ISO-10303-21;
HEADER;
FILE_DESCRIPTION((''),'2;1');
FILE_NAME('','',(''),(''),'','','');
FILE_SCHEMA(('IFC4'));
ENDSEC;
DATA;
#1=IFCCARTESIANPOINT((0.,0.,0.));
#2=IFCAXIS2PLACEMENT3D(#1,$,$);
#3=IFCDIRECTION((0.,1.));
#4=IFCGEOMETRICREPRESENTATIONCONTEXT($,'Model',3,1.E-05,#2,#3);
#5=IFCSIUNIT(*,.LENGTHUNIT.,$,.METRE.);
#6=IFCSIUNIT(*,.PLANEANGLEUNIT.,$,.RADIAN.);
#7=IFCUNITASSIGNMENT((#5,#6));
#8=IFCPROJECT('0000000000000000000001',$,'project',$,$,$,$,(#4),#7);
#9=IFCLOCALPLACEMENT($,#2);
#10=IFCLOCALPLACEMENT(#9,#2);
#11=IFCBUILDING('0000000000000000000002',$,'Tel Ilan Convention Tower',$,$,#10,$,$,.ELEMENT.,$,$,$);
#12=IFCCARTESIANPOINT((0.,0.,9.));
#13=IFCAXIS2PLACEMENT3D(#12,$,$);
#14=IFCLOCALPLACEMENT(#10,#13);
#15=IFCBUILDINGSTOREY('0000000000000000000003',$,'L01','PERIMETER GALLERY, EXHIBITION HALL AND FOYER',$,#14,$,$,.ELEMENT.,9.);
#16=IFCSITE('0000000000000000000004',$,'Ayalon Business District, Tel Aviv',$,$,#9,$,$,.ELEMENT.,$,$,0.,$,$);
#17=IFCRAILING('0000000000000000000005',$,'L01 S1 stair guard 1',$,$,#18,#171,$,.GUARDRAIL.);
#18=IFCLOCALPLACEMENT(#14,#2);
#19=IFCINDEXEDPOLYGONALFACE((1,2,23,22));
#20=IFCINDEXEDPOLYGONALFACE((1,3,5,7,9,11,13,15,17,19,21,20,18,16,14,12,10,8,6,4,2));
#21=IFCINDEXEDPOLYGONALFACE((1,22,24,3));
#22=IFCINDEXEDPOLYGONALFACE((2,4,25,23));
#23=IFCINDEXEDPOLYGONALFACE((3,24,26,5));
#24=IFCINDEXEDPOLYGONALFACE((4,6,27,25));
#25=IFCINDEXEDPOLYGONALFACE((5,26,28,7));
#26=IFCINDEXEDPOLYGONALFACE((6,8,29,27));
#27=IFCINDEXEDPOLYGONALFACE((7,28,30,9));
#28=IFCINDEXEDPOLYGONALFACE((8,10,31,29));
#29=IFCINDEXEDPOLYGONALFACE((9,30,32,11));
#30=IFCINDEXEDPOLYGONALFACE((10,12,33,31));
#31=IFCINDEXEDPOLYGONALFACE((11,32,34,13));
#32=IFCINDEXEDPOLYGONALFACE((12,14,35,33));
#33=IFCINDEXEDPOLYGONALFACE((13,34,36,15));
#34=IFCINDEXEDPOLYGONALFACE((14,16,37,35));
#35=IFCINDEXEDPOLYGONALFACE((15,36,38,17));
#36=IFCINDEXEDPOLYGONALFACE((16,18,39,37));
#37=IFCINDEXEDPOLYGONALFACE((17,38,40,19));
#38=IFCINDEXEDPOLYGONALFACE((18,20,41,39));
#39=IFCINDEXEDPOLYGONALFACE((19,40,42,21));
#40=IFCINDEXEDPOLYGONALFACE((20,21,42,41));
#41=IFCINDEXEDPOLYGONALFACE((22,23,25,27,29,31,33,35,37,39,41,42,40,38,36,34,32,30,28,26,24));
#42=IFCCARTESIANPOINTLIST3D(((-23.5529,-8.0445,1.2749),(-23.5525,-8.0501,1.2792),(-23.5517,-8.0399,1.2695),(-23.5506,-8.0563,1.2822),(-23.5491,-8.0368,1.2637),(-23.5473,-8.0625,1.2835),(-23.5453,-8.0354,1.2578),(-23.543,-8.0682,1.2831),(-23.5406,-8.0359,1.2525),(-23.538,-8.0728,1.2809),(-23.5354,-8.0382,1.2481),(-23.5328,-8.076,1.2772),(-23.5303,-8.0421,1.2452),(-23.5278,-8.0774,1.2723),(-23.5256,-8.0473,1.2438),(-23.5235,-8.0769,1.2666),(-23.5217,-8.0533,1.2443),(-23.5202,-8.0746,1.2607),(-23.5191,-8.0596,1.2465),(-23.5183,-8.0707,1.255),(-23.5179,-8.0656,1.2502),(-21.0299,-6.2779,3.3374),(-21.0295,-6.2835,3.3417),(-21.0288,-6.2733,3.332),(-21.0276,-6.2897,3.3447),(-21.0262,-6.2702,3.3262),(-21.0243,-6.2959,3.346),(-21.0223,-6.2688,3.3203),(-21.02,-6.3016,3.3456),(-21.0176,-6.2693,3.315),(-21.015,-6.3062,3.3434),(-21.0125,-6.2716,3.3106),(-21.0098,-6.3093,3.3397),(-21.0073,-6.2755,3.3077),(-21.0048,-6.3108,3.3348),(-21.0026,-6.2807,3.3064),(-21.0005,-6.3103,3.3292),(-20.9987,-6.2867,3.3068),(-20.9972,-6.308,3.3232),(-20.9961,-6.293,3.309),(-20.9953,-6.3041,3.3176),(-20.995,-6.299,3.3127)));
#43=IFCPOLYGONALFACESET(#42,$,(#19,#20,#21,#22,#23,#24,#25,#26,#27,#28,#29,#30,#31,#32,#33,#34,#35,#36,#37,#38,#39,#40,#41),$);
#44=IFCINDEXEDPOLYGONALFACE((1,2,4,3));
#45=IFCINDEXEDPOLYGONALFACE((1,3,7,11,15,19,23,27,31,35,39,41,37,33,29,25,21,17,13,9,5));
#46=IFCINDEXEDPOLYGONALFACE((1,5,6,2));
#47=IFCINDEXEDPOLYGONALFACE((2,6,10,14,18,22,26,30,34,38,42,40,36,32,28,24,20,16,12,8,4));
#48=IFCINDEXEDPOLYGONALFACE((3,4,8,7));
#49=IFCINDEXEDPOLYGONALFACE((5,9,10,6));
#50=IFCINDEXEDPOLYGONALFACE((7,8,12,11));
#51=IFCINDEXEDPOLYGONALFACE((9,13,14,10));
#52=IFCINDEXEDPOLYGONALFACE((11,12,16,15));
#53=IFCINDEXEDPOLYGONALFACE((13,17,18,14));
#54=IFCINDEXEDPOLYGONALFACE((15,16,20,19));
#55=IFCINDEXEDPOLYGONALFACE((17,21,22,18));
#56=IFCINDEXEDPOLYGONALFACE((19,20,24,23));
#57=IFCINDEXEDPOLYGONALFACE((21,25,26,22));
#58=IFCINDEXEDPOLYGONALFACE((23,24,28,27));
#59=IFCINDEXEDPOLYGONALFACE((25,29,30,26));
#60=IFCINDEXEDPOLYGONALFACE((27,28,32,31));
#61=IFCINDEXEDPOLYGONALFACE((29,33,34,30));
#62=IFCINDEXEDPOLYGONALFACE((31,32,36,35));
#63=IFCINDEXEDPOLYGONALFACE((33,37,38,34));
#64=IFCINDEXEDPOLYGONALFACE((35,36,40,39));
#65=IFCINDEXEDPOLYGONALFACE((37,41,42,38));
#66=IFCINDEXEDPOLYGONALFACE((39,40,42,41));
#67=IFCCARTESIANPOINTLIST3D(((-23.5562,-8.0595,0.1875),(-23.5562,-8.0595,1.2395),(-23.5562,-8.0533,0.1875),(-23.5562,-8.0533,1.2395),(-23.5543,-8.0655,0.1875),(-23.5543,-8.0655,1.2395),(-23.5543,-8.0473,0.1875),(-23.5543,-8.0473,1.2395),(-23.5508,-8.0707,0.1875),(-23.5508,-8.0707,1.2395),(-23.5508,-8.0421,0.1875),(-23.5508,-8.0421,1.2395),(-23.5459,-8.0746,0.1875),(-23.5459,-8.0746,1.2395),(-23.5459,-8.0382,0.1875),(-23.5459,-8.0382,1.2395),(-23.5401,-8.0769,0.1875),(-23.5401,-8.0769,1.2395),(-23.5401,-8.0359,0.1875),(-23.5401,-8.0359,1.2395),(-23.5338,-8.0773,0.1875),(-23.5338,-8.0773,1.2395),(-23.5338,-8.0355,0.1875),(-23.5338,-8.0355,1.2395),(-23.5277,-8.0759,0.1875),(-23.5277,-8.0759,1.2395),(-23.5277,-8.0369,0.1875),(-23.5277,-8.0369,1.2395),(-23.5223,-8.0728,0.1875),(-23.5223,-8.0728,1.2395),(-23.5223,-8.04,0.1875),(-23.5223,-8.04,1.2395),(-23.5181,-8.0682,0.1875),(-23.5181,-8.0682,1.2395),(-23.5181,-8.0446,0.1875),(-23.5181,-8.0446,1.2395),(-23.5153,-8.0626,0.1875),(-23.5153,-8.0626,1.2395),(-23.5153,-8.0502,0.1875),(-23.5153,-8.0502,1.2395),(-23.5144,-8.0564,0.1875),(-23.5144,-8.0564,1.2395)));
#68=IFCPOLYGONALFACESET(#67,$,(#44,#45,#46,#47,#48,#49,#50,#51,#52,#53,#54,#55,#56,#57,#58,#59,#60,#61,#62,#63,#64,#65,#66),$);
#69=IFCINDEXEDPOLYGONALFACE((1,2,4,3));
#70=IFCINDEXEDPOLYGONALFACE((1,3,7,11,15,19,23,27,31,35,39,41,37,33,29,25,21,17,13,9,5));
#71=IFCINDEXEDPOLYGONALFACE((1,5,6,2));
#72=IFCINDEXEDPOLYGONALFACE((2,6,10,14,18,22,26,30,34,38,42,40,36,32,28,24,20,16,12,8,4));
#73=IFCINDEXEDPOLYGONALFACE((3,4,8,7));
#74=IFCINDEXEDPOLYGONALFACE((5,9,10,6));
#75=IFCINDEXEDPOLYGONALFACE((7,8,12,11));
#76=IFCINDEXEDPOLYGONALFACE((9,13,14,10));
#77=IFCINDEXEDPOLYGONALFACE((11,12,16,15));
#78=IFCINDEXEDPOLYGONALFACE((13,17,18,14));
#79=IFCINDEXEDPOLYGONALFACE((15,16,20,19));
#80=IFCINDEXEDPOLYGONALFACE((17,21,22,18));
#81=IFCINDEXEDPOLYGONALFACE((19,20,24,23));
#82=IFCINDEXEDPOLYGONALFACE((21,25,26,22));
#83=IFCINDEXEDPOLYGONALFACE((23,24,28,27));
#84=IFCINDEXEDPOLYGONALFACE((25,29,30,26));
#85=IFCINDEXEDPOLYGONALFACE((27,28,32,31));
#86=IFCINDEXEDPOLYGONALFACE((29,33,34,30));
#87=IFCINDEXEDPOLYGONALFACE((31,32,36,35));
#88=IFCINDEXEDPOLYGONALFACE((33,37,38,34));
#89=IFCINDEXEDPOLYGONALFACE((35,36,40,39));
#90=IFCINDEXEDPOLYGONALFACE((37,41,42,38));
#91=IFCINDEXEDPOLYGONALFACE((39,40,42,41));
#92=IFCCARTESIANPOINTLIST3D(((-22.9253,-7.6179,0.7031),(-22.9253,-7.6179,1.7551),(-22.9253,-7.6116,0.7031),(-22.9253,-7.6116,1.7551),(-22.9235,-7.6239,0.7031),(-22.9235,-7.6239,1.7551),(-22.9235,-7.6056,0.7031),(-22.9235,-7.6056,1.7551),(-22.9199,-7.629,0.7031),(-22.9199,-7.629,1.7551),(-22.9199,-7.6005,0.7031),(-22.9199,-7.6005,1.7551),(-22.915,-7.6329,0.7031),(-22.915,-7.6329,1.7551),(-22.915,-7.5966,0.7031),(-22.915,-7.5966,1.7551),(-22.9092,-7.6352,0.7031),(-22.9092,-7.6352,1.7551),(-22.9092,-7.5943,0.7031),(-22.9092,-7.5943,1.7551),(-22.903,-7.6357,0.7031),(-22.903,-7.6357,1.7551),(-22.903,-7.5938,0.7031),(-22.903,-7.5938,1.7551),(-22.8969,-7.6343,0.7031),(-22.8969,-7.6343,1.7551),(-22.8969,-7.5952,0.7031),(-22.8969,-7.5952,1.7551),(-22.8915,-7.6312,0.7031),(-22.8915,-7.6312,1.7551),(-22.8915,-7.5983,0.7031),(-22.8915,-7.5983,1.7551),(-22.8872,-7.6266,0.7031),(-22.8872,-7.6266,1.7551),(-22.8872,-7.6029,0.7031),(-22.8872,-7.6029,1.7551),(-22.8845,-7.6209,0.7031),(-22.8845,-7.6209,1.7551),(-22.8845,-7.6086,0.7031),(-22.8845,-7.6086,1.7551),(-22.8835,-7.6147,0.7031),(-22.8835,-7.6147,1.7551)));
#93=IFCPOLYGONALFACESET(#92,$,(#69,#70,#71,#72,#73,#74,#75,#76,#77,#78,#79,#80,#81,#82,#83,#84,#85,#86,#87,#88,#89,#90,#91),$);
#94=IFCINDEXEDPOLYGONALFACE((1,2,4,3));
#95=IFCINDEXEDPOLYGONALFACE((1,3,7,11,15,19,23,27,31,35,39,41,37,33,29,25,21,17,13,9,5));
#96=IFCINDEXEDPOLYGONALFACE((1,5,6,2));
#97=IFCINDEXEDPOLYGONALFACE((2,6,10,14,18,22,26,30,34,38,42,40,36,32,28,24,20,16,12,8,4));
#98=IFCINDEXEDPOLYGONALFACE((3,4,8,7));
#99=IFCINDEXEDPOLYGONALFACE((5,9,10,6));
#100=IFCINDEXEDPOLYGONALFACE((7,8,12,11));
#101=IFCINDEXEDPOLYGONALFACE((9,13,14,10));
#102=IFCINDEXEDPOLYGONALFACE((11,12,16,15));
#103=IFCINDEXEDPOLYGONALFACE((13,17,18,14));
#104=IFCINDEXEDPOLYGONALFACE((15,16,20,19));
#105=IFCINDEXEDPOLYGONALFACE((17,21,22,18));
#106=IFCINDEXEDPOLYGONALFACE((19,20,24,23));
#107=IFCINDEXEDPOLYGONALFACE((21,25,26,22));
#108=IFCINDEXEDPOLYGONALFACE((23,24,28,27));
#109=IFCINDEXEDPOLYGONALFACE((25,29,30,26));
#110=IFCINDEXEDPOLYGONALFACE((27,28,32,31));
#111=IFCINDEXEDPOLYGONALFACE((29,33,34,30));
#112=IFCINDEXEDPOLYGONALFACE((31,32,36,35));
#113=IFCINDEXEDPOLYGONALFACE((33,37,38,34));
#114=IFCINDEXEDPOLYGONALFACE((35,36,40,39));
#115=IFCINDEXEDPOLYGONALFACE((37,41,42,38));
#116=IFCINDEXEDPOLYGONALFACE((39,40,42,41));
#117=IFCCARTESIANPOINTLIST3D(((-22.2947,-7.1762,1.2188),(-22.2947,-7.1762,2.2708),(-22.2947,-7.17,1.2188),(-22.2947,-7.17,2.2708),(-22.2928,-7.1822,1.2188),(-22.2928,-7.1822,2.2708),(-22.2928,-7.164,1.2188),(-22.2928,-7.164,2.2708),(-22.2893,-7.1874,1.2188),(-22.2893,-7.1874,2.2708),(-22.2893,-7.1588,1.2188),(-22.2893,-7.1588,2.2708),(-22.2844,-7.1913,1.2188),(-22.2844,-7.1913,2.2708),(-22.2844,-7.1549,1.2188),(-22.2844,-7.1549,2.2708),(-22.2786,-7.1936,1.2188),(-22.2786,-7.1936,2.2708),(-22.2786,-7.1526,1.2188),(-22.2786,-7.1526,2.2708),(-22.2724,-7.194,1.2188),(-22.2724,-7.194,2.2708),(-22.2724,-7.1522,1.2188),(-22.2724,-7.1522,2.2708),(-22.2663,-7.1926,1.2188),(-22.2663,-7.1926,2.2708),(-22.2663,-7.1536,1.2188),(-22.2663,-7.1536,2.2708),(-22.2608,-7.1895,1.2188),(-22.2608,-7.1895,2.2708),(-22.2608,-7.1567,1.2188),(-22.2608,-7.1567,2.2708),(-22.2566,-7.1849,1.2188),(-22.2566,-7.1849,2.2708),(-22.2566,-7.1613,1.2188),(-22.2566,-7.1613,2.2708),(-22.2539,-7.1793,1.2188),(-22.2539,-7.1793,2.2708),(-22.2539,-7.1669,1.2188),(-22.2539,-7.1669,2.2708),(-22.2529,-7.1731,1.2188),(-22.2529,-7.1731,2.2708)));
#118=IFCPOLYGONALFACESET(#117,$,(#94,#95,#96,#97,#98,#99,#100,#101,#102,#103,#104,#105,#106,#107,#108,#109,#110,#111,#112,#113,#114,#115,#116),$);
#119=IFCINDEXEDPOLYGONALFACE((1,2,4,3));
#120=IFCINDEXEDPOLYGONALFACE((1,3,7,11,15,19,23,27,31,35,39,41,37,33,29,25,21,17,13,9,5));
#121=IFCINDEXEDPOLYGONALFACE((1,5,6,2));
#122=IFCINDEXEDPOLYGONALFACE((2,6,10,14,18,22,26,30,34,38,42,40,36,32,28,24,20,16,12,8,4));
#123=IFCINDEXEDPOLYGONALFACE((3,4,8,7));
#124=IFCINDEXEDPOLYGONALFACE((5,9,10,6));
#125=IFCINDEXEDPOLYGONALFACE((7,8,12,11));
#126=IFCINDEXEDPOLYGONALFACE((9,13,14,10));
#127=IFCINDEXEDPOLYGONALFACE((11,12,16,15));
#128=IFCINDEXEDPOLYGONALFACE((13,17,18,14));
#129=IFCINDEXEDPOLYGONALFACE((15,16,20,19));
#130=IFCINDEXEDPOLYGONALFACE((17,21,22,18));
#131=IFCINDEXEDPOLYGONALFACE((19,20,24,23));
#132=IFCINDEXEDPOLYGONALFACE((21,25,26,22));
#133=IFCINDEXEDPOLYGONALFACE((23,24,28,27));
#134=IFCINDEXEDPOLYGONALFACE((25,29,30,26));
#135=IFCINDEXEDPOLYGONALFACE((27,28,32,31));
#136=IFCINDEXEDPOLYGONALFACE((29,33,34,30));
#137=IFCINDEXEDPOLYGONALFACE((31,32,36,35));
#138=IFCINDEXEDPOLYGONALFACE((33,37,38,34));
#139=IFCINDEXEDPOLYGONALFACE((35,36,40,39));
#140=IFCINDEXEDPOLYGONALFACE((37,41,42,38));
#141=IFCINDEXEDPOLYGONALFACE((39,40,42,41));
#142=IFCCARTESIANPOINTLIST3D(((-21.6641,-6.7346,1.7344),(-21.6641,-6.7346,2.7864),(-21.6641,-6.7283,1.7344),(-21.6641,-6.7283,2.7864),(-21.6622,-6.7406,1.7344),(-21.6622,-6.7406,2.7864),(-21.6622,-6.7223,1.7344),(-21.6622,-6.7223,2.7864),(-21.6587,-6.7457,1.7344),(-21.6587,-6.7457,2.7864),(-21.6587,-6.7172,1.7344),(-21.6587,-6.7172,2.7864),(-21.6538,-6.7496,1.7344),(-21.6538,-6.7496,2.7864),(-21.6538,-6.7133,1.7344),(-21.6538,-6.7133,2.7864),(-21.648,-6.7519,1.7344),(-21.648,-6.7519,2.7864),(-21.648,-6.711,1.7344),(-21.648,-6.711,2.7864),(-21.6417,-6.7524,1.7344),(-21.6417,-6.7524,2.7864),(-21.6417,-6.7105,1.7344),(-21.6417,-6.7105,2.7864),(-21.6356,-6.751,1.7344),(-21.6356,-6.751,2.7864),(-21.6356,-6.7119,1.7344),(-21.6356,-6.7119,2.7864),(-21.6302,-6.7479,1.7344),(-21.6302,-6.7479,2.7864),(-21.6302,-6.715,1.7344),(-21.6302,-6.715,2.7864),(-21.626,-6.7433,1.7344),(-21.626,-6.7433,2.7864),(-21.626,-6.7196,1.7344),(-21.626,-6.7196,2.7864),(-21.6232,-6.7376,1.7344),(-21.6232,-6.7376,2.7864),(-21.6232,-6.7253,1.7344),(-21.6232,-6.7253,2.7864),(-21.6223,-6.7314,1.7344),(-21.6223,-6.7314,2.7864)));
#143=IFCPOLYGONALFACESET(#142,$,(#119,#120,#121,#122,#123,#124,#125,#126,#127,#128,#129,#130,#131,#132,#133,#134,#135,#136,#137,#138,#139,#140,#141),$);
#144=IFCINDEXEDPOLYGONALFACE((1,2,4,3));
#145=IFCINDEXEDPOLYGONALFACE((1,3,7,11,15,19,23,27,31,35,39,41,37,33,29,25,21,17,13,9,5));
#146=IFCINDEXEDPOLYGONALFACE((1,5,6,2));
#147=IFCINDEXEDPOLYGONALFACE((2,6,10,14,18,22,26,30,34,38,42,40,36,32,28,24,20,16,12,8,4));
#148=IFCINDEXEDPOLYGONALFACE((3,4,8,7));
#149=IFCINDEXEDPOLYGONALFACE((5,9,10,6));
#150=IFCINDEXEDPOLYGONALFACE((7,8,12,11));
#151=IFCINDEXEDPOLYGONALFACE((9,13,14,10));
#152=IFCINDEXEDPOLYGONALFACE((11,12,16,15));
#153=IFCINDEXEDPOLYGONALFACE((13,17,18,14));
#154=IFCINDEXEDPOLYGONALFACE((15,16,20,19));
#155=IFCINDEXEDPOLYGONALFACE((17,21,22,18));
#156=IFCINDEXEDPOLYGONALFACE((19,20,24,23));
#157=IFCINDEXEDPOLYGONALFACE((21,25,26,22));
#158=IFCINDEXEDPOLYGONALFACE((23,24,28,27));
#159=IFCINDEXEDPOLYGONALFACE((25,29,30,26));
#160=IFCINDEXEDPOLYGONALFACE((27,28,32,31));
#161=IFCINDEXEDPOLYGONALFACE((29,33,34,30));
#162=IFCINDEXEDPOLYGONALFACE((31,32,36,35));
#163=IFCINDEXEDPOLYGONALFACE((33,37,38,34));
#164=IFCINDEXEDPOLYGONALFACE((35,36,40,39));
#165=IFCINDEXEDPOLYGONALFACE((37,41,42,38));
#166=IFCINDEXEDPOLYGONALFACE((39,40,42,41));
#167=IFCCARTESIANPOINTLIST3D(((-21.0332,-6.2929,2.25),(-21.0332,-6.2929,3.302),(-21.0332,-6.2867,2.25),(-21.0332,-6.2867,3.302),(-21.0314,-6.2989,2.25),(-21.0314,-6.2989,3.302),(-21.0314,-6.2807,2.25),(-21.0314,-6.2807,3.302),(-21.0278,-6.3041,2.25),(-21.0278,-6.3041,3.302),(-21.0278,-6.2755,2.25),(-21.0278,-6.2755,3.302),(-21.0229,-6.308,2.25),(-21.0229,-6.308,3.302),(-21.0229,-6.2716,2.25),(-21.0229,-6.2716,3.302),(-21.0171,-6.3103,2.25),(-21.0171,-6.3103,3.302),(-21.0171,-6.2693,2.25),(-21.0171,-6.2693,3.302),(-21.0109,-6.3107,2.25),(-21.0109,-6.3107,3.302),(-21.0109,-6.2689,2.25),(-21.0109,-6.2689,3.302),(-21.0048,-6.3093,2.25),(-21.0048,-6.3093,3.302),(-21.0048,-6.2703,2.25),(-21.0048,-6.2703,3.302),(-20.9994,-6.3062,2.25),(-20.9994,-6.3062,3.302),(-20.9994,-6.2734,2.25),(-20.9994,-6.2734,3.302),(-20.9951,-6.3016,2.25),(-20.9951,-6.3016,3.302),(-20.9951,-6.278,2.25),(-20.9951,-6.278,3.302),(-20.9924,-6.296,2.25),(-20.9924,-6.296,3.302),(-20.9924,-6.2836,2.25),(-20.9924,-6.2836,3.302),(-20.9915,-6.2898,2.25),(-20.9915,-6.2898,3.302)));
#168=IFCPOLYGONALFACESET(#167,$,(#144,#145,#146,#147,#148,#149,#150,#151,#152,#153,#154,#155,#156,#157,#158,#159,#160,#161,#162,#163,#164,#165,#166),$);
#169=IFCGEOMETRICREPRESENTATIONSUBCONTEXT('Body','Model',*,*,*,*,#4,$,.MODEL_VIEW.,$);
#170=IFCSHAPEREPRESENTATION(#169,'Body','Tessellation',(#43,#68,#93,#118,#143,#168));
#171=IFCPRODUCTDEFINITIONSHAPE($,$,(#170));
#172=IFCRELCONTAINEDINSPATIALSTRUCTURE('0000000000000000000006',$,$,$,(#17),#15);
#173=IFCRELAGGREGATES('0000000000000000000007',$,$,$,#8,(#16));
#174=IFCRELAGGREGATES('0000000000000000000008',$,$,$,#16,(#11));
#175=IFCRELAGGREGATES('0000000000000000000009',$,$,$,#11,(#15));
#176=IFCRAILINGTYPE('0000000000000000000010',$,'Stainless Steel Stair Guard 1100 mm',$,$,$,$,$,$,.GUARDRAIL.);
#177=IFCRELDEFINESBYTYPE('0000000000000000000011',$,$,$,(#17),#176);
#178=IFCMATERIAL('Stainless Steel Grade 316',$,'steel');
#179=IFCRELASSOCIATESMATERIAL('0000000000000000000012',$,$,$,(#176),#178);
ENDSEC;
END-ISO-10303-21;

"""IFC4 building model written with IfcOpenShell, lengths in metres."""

from ifc_helpers import new_model, si_unit, direction, frame, origin, origin_2d, place, context, subcontext, project, spatial, circle, extrude, material, type_object, element, save


model = new_model("IFC4")

# Units and contexts
model_context = context("Model", 3, precision=1e-05, world=origin(), true_north=direction((0.0, 1.0)))
body_context = subcontext(model_context, "Body", "Model", "MODEL_VIEW")
ifc_project = project(units=[si_unit("LENGTHUNIT", "METRE"), si_unit("PLANEANGLEUNIT", "RADIAN")], contexts=[model_context])

# Site, building, storey
site_placement = place(None, origin())
site = spatial("IfcSite", under=ifc_project, at=site_placement, Name="Ayalon Business District, Tel Aviv", CompositionType="ELEMENT", RefElevation=0.0)
building_placement = place(site_placement, origin())
building = spatial("IfcBuilding", under=site, at=building_placement, Name="Tel Ilan Convention Tower", CompositionType="ELEMENT")
storey_placement = place(building_placement, frame((0.0, 0.0, 9.0)))
storey = spatial("IfcBuildingStorey", under=building, at=storey_placement, Name="L01", Description="PERIMETER GALLERY, EXHIBITION HALL AND FOYER", CompositionType="ELEMENT", Elevation=9.0)

# Railing
ifc_material_1 = material(Name="Stainless Steel Grade 316", Category="steel")
railing_type = type_object("IfcRailingType", Name="Stainless Steel Stair Guard 1100 mm", PredefinedType="GUARDRAIL", material=ifc_material_1)
railing_1_placement = place(storey_placement, frame((-23.5354, -8.0564, 0.1875)))
element("IfcRailing", 1, at=railing_1_placement, inside=storey, type_object=railing_type, Name="L01 S1 stair guard 1", PredefinedType="GUARDRAIL", context=body_context, shape_type="SweptSolid", body=[
    extrude(circle(Radius=0.0239, at=origin_2d()), frame((0.0, 0.0, 1.0762), z_axis=(0.680635, 0.476589, 0.556416), x_axis=(-0.573579, 0.81915, 0.0)), (0.0, 0.0, 1.0), 3.7068),
    extrude(circle(Radius=0.021, at=origin_2d()), origin(), (0.0, 0.0, 1.0), 1.052),
    extrude(circle(Radius=0.021, at=origin_2d()), frame((0.6309, 0.4417, 0.5156)), (0.0, 0.0, 1.0), 1.052),
    extrude(circle(Radius=0.021, at=origin_2d()), frame((1.2615, 0.8833, 1.0312)), (0.0, 0.0, 1.0), 1.052),
    extrude(circle(Radius=0.021, at=origin_2d()), frame((1.8921, 1.325, 1.5469)), (0.0, 0.0, 1.0), 1.052),
    extrude(circle(Radius=0.021, at=origin_2d()), frame((2.5229, 1.7666, 2.0625)), (0.0, 0.0, 1.0), 1.052),
])

save(model, "model.ifc")
